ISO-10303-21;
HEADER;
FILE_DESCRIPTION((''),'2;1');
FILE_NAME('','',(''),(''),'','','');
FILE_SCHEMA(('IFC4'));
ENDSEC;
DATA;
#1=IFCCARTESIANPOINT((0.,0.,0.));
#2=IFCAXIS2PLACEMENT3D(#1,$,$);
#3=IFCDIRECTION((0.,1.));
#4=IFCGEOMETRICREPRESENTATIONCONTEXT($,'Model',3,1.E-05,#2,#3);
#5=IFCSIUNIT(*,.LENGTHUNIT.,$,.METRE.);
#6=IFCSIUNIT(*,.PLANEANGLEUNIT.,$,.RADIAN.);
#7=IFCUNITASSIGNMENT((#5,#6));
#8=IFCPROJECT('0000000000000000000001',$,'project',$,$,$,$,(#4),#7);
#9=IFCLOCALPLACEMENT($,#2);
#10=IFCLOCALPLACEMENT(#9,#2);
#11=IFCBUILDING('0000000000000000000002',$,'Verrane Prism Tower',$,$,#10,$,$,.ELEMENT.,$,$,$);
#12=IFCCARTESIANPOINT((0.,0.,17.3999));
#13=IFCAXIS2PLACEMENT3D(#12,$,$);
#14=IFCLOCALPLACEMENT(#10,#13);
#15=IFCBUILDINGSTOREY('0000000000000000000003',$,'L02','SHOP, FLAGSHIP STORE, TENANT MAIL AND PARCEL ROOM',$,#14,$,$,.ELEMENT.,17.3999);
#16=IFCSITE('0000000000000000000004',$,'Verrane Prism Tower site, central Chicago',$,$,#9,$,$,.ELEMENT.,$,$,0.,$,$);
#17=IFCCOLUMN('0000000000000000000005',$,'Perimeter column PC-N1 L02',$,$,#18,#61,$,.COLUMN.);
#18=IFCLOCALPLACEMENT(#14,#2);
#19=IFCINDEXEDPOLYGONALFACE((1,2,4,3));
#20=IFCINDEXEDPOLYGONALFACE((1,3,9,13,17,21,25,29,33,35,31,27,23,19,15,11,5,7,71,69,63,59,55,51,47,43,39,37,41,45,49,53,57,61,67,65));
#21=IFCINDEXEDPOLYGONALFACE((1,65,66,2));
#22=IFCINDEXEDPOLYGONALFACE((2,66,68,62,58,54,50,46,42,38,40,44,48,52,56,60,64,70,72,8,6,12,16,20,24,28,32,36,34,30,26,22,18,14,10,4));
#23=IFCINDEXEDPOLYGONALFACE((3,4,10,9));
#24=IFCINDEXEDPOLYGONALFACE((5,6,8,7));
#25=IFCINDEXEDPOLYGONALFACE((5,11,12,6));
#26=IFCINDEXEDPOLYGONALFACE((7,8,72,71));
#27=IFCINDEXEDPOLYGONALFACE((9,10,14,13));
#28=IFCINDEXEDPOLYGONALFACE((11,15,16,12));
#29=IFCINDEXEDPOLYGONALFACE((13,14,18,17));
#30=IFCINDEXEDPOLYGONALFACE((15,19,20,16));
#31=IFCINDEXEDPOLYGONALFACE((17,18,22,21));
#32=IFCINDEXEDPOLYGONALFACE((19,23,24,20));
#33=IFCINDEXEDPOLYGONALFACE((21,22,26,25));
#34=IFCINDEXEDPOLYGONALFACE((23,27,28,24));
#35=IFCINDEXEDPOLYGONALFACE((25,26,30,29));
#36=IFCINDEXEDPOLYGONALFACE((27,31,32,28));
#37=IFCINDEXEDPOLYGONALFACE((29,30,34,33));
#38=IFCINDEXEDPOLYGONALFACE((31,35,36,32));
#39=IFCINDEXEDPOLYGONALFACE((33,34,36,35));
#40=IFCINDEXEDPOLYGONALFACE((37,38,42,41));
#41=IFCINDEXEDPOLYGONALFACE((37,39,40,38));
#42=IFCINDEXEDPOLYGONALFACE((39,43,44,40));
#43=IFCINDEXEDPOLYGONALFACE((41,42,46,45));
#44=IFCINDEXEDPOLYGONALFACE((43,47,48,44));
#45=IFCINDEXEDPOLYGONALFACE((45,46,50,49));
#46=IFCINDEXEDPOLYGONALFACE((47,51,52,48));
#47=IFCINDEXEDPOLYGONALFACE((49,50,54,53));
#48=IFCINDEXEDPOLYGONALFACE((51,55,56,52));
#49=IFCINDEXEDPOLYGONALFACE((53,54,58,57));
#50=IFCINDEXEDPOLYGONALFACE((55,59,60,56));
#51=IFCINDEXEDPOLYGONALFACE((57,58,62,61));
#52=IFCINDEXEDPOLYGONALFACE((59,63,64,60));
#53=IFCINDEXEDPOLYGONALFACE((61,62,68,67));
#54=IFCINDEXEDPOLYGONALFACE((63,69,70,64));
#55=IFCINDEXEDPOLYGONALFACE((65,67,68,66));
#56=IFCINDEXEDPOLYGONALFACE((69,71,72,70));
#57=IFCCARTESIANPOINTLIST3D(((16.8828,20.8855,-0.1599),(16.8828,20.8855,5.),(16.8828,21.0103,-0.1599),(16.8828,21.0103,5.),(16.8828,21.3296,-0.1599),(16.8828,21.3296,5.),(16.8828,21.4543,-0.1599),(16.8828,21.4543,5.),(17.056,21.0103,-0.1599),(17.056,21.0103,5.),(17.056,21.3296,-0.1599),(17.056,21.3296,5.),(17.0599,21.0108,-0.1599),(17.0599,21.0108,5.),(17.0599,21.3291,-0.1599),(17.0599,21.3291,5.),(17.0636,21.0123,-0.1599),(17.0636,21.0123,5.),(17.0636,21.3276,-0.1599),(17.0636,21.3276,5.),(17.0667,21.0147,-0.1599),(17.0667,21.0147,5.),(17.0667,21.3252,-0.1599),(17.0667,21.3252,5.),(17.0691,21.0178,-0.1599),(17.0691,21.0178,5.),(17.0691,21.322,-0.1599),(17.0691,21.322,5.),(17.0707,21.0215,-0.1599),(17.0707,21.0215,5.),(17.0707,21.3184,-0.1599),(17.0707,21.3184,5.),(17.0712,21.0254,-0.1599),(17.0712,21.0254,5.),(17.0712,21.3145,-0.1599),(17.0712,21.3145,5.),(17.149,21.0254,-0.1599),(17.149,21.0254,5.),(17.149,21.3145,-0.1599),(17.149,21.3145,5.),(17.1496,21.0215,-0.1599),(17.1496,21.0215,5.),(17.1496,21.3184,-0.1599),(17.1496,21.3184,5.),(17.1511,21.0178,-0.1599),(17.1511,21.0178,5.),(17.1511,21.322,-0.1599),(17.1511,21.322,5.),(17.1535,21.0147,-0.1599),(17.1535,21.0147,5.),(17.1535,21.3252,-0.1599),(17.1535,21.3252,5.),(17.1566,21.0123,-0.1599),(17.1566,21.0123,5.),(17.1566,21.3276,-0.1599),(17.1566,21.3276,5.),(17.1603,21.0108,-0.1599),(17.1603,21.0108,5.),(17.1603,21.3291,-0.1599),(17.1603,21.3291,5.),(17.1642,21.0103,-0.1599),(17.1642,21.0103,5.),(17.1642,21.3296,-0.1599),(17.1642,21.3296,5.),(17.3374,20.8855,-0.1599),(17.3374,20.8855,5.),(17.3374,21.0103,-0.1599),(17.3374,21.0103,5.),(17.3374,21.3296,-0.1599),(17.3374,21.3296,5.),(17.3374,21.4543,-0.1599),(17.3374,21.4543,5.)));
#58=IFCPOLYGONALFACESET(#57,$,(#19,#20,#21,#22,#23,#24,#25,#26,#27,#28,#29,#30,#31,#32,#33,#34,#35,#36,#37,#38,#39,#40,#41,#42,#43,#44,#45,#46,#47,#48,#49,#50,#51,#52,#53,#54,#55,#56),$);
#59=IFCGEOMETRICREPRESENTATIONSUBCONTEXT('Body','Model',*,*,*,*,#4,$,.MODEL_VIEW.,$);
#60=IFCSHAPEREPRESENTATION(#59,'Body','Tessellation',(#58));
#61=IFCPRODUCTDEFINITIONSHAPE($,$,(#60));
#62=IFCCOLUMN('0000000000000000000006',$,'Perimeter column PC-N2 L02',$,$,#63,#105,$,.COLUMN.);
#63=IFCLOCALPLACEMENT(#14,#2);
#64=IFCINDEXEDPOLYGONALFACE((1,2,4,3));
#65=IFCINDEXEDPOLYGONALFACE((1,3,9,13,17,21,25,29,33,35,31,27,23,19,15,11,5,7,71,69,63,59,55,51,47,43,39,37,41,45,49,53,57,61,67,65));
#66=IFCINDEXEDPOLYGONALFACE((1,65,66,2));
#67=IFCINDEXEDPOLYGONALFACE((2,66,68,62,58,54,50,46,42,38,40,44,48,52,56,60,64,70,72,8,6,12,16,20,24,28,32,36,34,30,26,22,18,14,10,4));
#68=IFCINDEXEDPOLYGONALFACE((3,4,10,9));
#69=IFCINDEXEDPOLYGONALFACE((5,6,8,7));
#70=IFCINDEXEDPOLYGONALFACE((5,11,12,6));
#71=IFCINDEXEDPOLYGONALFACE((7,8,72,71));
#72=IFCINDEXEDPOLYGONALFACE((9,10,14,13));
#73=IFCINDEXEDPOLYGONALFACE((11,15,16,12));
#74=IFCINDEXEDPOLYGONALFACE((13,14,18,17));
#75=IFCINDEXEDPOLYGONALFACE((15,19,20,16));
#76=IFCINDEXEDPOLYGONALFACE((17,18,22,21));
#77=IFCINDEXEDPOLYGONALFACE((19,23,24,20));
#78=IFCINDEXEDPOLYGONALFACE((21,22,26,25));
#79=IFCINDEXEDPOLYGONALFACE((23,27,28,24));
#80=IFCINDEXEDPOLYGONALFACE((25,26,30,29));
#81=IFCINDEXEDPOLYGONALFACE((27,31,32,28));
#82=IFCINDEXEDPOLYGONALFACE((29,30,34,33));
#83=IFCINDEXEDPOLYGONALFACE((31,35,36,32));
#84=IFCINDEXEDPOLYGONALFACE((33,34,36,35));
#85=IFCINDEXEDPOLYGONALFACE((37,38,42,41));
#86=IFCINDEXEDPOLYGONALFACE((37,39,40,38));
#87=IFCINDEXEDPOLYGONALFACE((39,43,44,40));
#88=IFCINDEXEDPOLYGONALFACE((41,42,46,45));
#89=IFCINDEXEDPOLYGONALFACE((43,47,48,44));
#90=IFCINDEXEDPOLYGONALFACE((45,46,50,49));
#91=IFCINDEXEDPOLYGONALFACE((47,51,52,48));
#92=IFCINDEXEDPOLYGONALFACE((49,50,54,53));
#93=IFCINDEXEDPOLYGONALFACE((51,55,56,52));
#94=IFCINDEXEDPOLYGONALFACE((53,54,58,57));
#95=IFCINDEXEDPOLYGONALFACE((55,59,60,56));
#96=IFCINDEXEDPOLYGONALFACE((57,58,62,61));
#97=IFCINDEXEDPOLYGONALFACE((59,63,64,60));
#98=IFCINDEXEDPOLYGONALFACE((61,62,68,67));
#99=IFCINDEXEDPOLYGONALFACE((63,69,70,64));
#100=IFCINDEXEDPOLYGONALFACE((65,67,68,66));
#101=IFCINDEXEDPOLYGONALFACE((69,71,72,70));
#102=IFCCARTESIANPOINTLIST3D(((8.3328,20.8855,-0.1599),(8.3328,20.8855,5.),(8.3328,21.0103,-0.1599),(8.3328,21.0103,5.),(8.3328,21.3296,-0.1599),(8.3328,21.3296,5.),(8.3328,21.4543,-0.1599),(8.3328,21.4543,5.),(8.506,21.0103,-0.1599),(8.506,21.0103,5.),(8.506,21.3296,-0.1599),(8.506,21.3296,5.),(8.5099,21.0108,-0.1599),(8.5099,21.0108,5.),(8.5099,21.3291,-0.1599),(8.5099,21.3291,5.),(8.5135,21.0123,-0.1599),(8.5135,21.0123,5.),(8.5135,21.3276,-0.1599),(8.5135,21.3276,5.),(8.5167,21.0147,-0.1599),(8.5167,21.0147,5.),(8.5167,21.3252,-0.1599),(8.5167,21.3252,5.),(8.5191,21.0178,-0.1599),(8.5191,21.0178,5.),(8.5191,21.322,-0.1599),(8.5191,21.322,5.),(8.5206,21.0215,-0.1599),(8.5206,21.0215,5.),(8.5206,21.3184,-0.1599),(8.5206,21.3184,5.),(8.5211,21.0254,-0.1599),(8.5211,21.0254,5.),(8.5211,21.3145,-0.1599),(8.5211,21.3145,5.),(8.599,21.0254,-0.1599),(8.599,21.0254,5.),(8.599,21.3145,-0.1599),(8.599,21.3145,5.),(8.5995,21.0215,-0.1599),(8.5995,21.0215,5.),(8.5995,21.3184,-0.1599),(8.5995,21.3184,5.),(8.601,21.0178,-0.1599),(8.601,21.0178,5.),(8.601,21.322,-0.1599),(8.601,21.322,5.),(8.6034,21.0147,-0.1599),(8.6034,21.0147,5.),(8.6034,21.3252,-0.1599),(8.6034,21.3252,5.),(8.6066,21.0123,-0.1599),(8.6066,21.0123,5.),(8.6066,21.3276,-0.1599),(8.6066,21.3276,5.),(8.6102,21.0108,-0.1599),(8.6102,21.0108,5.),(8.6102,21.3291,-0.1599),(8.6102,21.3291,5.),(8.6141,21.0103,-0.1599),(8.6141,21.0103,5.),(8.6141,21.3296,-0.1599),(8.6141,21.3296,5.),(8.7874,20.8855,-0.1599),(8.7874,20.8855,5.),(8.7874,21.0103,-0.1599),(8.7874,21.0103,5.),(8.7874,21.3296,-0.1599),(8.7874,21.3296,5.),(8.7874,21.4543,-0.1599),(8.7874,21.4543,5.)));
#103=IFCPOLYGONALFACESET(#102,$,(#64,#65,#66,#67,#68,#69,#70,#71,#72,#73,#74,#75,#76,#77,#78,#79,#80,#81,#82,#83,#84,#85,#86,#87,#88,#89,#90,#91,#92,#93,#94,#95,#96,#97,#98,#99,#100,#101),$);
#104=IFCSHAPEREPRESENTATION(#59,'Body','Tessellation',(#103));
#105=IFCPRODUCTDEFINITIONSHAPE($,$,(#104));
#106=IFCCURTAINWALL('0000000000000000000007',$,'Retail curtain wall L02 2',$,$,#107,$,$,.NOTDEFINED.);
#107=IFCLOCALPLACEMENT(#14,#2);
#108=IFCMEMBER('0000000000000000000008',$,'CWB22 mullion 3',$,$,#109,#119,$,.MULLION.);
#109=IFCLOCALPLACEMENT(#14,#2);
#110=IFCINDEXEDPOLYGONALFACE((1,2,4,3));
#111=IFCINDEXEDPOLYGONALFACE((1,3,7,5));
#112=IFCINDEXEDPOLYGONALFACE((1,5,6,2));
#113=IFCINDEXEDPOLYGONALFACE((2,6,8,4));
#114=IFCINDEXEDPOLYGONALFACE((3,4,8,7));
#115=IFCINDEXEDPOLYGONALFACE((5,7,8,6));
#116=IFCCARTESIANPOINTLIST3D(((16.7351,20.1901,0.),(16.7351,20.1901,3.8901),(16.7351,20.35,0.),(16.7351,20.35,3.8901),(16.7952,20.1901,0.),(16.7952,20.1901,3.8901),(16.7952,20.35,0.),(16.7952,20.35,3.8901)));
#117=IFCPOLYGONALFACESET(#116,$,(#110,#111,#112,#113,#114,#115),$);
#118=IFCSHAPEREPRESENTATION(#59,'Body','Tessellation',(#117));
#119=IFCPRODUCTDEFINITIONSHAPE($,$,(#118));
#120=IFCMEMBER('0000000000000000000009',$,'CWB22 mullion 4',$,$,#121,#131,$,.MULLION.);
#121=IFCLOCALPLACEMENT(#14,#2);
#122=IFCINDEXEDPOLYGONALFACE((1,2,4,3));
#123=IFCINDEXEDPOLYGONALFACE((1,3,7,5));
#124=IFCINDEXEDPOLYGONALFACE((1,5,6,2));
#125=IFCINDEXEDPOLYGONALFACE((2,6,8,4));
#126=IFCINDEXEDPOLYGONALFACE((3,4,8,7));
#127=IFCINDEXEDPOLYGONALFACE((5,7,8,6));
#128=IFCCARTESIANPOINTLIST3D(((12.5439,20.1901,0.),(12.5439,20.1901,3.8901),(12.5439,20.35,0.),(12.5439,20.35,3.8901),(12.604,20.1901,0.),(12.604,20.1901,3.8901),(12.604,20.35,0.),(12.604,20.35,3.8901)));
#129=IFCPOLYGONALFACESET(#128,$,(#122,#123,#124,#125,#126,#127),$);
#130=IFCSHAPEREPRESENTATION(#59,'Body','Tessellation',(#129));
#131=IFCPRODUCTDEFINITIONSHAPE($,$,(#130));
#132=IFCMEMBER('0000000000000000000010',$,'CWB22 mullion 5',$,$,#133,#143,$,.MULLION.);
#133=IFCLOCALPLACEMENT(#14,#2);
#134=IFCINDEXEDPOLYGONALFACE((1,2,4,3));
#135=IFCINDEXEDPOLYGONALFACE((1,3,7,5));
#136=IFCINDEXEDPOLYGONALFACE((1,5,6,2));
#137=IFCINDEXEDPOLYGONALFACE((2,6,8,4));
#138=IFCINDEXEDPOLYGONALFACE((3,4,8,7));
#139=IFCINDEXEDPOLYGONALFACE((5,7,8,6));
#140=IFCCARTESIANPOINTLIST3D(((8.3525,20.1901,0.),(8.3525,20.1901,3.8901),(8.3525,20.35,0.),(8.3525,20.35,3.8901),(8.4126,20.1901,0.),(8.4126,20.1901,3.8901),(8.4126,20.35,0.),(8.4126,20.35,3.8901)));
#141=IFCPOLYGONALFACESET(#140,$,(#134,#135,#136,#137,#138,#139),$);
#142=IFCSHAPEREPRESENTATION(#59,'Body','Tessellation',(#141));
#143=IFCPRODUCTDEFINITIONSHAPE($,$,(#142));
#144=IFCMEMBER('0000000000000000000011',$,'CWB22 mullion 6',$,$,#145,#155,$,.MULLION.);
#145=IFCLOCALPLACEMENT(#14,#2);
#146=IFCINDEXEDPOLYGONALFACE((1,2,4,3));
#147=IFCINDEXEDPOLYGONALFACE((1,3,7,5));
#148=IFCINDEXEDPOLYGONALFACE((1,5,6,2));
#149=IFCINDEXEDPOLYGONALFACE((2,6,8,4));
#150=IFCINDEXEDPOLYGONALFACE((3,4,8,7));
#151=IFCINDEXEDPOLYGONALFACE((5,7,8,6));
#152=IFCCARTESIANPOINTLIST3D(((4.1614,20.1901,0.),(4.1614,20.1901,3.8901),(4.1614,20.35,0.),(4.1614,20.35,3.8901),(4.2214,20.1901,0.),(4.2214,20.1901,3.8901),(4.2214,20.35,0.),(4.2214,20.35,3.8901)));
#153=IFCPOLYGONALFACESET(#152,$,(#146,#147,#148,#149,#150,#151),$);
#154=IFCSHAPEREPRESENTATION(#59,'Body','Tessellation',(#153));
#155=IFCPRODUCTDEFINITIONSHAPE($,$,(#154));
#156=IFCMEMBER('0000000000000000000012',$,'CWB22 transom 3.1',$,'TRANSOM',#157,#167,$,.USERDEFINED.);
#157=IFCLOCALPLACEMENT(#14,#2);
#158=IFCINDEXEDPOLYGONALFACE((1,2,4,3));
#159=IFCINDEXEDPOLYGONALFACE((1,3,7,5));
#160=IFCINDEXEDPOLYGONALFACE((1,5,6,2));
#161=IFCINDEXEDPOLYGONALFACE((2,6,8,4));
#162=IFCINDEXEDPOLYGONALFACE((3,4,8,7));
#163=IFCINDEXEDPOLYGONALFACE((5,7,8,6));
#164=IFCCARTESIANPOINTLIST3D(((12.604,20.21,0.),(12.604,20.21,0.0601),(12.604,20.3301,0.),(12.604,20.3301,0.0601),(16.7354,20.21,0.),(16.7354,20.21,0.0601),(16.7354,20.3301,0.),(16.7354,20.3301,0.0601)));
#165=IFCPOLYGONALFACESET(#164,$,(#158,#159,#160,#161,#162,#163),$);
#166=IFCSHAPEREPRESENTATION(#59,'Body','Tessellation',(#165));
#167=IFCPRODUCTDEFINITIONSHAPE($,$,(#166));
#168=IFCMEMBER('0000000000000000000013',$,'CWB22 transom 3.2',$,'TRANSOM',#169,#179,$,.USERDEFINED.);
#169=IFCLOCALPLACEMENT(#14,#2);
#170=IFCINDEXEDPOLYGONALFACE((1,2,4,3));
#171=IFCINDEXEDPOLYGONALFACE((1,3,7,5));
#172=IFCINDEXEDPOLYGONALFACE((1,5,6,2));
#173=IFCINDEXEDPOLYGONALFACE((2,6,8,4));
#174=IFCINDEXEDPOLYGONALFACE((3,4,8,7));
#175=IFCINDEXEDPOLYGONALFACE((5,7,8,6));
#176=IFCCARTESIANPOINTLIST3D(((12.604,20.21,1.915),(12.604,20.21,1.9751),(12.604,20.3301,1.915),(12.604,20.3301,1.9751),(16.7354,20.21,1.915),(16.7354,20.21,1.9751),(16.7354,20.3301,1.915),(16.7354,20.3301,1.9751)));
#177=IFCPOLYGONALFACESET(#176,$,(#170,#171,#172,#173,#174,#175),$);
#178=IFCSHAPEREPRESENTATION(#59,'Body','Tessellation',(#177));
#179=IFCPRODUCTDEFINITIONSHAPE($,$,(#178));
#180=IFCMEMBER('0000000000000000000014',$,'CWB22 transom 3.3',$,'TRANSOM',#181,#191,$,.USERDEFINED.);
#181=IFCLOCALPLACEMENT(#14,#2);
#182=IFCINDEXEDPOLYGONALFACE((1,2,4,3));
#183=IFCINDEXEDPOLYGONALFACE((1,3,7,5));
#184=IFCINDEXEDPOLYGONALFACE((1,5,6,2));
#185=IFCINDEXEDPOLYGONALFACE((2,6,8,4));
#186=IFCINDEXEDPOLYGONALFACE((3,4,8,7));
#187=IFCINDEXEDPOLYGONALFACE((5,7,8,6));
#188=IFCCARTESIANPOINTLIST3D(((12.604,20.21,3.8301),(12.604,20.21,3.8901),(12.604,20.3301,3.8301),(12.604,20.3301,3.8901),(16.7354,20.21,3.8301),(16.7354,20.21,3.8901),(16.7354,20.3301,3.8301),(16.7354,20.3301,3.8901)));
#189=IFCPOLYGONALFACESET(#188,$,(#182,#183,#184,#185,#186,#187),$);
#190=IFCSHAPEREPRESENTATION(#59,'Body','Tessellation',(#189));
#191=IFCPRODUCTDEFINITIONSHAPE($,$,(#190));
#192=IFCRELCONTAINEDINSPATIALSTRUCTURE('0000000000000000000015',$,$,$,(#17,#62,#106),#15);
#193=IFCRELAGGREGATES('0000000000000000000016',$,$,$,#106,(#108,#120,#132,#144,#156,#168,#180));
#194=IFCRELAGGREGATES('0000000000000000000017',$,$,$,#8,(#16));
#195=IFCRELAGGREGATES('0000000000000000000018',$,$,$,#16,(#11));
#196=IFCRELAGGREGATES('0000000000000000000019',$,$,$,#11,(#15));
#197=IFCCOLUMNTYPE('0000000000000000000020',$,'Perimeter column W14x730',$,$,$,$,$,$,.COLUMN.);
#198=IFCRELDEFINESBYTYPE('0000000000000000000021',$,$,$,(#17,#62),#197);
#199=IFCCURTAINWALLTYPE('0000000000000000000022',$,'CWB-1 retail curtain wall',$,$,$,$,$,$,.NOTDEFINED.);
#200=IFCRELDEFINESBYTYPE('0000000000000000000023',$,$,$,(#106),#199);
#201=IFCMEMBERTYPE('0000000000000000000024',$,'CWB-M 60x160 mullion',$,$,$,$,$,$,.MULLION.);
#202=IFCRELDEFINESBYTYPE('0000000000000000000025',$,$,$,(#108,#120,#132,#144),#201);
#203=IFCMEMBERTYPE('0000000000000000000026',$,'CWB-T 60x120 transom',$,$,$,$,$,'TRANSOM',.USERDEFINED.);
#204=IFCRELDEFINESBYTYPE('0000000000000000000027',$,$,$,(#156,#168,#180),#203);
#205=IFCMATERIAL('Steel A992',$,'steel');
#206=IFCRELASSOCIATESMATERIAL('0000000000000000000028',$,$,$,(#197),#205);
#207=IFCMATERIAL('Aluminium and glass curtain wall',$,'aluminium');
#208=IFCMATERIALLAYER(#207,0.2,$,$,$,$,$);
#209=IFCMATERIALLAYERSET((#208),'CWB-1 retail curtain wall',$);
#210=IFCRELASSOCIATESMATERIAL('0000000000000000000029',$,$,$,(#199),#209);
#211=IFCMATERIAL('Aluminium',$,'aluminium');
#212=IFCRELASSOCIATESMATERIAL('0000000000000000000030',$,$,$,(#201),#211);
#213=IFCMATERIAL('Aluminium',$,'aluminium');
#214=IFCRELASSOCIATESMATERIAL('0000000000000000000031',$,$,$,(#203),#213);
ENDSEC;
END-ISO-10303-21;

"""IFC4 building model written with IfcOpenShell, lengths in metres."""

from ifc_helpers import new_model, si_unit, direction, frame, origin, origin_2d, place, context, subcontext, project, spatial, rectangle, i_section, extrude, material, layer, layer_set, material_profile, profile_set, type_object, element, aggregate, save


model = new_model("IFC4")

# Units and contexts
model_context = context("Model", 3, precision=1e-05, world=origin(), true_north=direction((0.0, 1.0)))
body_context = subcontext(model_context, "Body", "Model", "MODEL_VIEW")
ifc_project = project(units=[si_unit("LENGTHUNIT", "METRE"), si_unit("PLANEANGLEUNIT", "RADIAN")], contexts=[model_context])

# Site, building, storey
site_placement = place(None, origin())
site = spatial("IfcSite", under=ifc_project, at=site_placement, Name="Verrane Prism Tower site, central Chicago", CompositionType="ELEMENT", RefElevation=0.0)
building_placement = place(site_placement, origin())
building = spatial("IfcBuilding", under=site, at=building_placement, Name="Verrane Prism Tower", CompositionType="ELEMENT")
storey_placement = place(building_placement, frame((0.0, 0.0, 17.3999)))
storey = spatial("IfcBuildingStorey", under=building, at=storey_placement, Name="L02", Description="SHOP, FLAGSHIP STORE, TENANT MAIL AND PARCEL ROOM", CompositionType="ELEMENT", Elevation=17.3999)

# Columns
ifc_material_1 = material(Name="Steel A992", Category="steel")
ifc_material_profile_1 = material_profile(ifc_material_1, i_section(OverallWidth=0.4546, OverallDepth=0.5688, WebThickness=0.0779, FlangeThickness=0.1248, FilletRadius=0.0151, at=origin_2d()), Name="W14x730")
ifc_profile_set_1 = profile_set([ifc_material_profile_1], Name="Steel A992")
column_type = type_object("IfcColumnType", Name="Perimeter column W14x730", PredefinedType="COLUMN", material=ifc_profile_set_1)
for number, where, z_axis, x_axis, name in (
    (1, (17.1101, 21.1699, -0.1599), (0.0, 0.0, 1.0), (1.0, 0.0, 0.0), "Perimeter column PC-N1 L02"),
    (2, (8.5601, 21.1699, -0.1599), (0.0, 0.0, 1.0), (1.0, 0.0, 0.0), "Perimeter column PC-N2 L02"),
):
    element("IfcColumn", number, at=place(storey_placement, frame(where, z_axis=z_axis, x_axis=x_axis)), inside=storey, type_object=column_type, Name=name, PredefinedType="COLUMN", context=body_context, shape_type="SweptSolid", body=[
        extrude(i_section(OverallWidth=0.4546, OverallDepth=0.5688, WebThickness=0.0779, FlangeThickness=0.1248, FilletRadius=0.0151, at=origin_2d()), origin(), (0.0, 0.0, 1.0), 5.1599),
    ])

# Curtain wall, members
ifc_material_2 = material(Name="Aluminium and glass curtain wall", Category="aluminium")
ifc_layer_1 = layer(ifc_material_2, 0.2)
ifc_layer_set_1 = layer_set([ifc_layer_1], Name="CWB-1 retail curtain wall")
curtain_wall_type = type_object("IfcCurtainWallType", Name="CWB-1 retail curtain wall", PredefinedType="NOTDEFINED", material=ifc_layer_set_1)
curtain_wall_placement = place(storey_placement, origin())
curtain_wall = element("IfcCurtainWall", 3, at=curtain_wall_placement, inside=storey, type_object=curtain_wall_type, Name="Retail curtain wall L02 2", PredefinedType="NOTDEFINED")
ifc_material_3 = material(Name="Aluminium", Category="aluminium")
ifc_material_profile_2 = material_profile(ifc_material_3, rectangle(XDim=0.1599, YDim=0.0601, at=origin_2d()), Name="CWB-M 60x160 mullion")
ifc_profile_set_2 = profile_set([ifc_material_profile_2], Name="Aluminium")
member_type_1 = type_object("IfcMemberType", Name="CWB-M 60x160 mullion", PredefinedType="MULLION", material=ifc_profile_set_2)
member_1_placement = place(storey_placement, frame((16.7651, 20.27, 0.0), z_axis=(0.0, 0.0, 1.0), x_axis=(0.0, -1.0, 0.0)))
member_1 = element("IfcMember", 4, at=member_1_placement, type_object=member_type_1, Name="CWB22 mullion 3", PredefinedType="MULLION", context=body_context, shape_type="SweptSolid", body=[
    extrude(rectangle(XDim=0.1599, YDim=0.0601, at=origin_2d()), origin(), (0.0, 0.0, 1.0), 3.8901),
])
member_2_placement = place(storey_placement, frame((12.574, 20.27, 0.0), z_axis=(0.0, 0.0, 1.0), x_axis=(0.0, -1.0, 0.0)))
member_2 = element("IfcMember", 5, at=member_2_placement, type_object=member_type_1, Name="CWB22 mullion 4", PredefinedType="MULLION", context=body_context, shape_type="SweptSolid", body=[
    extrude(rectangle(XDim=0.1599, YDim=0.0601, at=origin_2d()), origin(), (0.0, 0.0, 1.0), 3.8901),
])
member_3_placement = place(storey_placement, frame((8.3826, 20.27, 0.0), z_axis=(0.0, 0.0, 1.0), x_axis=(0.0, -1.0, 0.0)))
member_3 = element("IfcMember", 6, at=member_3_placement, type_object=member_type_1, Name="CWB22 mullion 5", PredefinedType="MULLION", context=body_context, shape_type="SweptSolid", body=[
    extrude(rectangle(XDim=0.1599, YDim=0.0601, at=origin_2d()), origin(), (0.0, 0.0, 1.0), 3.8901),
])
member_4_placement = place(storey_placement, frame((4.1914, 20.27, 0.0), z_axis=(0.0, 0.0, 1.0), x_axis=(0.0, -1.0, 0.0)))
member_4 = element("IfcMember", 7, at=member_4_placement, type_object=member_type_1, Name="CWB22 mullion 6", PredefinedType="MULLION", context=body_context, shape_type="SweptSolid", body=[
    extrude(rectangle(XDim=0.1599, YDim=0.0601, at=origin_2d()), origin(), (0.0, 0.0, 1.0), 3.8901),
])
ifc_material_4 = material(Name="Aluminium", Category="aluminium")
ifc_material_profile_3 = material_profile(ifc_material_4, rectangle(XDim=0.1201, YDim=0.0601, at=origin_2d()), Name="CWB-T 60x120 transom")
ifc_profile_set_3 = profile_set([ifc_material_profile_3], Name="Aluminium")
member_type_2 = type_object("IfcMemberType", Name="CWB-T 60x120 transom", ElementType="TRANSOM", PredefinedType="USERDEFINED", material=ifc_profile_set_3)
member_5_placement = place(storey_placement, frame((16.7354, 20.27, 0.03), z_axis=(-1.0, 0.0, 0.0), x_axis=(0.0, -1.0, 0.0)))
member_5 = element("IfcMember", 8, at=member_5_placement, type_object=member_type_2, Name="CWB22 transom 3.1", ObjectType="TRANSOM", PredefinedType="USERDEFINED", context=body_context, shape_type="SweptSolid", body=[
    extrude(rectangle(XDim=0.1201, YDim=0.0601, at=origin_2d()), origin(), (0.0, 0.0, 1.0), 4.1313),
])
member_6_placement = place(storey_placement, frame((16.7354, 20.27, 1.9451), z_axis=(-1.0, 0.0, 0.0), x_axis=(0.0, -1.0, 0.0)))
member_6 = element("IfcMember", 9, at=member_6_placement, type_object=member_type_2, Name="CWB22 transom 3.2", ObjectType="TRANSOM", PredefinedType="USERDEFINED", context=body_context, shape_type="SweptSolid", body=[
    extrude(rectangle(XDim=0.1201, YDim=0.0601, at=origin_2d()), origin(), (0.0, 0.0, 1.0), 4.1313),
])
member_7_placement = place(storey_placement, frame((16.7354, 20.27, 3.8601), z_axis=(-1.0, 0.0, 0.0), x_axis=(0.0, -1.0, 0.0)))
member_7 = element("IfcMember", 10, at=member_7_placement, type_object=member_type_2, Name="CWB22 transom 3.3", ObjectType="TRANSOM", PredefinedType="USERDEFINED", context=body_context, shape_type="SweptSolid", body=[
    extrude(rectangle(XDim=0.1201, YDim=0.0601, at=origin_2d()), origin(), (0.0, 0.0, 1.0), 4.1313),
])

aggregate(curtain_wall, [member_1, member_2, member_3, member_4, member_5, member_6, member_7])

save(model, "model.ifc")
